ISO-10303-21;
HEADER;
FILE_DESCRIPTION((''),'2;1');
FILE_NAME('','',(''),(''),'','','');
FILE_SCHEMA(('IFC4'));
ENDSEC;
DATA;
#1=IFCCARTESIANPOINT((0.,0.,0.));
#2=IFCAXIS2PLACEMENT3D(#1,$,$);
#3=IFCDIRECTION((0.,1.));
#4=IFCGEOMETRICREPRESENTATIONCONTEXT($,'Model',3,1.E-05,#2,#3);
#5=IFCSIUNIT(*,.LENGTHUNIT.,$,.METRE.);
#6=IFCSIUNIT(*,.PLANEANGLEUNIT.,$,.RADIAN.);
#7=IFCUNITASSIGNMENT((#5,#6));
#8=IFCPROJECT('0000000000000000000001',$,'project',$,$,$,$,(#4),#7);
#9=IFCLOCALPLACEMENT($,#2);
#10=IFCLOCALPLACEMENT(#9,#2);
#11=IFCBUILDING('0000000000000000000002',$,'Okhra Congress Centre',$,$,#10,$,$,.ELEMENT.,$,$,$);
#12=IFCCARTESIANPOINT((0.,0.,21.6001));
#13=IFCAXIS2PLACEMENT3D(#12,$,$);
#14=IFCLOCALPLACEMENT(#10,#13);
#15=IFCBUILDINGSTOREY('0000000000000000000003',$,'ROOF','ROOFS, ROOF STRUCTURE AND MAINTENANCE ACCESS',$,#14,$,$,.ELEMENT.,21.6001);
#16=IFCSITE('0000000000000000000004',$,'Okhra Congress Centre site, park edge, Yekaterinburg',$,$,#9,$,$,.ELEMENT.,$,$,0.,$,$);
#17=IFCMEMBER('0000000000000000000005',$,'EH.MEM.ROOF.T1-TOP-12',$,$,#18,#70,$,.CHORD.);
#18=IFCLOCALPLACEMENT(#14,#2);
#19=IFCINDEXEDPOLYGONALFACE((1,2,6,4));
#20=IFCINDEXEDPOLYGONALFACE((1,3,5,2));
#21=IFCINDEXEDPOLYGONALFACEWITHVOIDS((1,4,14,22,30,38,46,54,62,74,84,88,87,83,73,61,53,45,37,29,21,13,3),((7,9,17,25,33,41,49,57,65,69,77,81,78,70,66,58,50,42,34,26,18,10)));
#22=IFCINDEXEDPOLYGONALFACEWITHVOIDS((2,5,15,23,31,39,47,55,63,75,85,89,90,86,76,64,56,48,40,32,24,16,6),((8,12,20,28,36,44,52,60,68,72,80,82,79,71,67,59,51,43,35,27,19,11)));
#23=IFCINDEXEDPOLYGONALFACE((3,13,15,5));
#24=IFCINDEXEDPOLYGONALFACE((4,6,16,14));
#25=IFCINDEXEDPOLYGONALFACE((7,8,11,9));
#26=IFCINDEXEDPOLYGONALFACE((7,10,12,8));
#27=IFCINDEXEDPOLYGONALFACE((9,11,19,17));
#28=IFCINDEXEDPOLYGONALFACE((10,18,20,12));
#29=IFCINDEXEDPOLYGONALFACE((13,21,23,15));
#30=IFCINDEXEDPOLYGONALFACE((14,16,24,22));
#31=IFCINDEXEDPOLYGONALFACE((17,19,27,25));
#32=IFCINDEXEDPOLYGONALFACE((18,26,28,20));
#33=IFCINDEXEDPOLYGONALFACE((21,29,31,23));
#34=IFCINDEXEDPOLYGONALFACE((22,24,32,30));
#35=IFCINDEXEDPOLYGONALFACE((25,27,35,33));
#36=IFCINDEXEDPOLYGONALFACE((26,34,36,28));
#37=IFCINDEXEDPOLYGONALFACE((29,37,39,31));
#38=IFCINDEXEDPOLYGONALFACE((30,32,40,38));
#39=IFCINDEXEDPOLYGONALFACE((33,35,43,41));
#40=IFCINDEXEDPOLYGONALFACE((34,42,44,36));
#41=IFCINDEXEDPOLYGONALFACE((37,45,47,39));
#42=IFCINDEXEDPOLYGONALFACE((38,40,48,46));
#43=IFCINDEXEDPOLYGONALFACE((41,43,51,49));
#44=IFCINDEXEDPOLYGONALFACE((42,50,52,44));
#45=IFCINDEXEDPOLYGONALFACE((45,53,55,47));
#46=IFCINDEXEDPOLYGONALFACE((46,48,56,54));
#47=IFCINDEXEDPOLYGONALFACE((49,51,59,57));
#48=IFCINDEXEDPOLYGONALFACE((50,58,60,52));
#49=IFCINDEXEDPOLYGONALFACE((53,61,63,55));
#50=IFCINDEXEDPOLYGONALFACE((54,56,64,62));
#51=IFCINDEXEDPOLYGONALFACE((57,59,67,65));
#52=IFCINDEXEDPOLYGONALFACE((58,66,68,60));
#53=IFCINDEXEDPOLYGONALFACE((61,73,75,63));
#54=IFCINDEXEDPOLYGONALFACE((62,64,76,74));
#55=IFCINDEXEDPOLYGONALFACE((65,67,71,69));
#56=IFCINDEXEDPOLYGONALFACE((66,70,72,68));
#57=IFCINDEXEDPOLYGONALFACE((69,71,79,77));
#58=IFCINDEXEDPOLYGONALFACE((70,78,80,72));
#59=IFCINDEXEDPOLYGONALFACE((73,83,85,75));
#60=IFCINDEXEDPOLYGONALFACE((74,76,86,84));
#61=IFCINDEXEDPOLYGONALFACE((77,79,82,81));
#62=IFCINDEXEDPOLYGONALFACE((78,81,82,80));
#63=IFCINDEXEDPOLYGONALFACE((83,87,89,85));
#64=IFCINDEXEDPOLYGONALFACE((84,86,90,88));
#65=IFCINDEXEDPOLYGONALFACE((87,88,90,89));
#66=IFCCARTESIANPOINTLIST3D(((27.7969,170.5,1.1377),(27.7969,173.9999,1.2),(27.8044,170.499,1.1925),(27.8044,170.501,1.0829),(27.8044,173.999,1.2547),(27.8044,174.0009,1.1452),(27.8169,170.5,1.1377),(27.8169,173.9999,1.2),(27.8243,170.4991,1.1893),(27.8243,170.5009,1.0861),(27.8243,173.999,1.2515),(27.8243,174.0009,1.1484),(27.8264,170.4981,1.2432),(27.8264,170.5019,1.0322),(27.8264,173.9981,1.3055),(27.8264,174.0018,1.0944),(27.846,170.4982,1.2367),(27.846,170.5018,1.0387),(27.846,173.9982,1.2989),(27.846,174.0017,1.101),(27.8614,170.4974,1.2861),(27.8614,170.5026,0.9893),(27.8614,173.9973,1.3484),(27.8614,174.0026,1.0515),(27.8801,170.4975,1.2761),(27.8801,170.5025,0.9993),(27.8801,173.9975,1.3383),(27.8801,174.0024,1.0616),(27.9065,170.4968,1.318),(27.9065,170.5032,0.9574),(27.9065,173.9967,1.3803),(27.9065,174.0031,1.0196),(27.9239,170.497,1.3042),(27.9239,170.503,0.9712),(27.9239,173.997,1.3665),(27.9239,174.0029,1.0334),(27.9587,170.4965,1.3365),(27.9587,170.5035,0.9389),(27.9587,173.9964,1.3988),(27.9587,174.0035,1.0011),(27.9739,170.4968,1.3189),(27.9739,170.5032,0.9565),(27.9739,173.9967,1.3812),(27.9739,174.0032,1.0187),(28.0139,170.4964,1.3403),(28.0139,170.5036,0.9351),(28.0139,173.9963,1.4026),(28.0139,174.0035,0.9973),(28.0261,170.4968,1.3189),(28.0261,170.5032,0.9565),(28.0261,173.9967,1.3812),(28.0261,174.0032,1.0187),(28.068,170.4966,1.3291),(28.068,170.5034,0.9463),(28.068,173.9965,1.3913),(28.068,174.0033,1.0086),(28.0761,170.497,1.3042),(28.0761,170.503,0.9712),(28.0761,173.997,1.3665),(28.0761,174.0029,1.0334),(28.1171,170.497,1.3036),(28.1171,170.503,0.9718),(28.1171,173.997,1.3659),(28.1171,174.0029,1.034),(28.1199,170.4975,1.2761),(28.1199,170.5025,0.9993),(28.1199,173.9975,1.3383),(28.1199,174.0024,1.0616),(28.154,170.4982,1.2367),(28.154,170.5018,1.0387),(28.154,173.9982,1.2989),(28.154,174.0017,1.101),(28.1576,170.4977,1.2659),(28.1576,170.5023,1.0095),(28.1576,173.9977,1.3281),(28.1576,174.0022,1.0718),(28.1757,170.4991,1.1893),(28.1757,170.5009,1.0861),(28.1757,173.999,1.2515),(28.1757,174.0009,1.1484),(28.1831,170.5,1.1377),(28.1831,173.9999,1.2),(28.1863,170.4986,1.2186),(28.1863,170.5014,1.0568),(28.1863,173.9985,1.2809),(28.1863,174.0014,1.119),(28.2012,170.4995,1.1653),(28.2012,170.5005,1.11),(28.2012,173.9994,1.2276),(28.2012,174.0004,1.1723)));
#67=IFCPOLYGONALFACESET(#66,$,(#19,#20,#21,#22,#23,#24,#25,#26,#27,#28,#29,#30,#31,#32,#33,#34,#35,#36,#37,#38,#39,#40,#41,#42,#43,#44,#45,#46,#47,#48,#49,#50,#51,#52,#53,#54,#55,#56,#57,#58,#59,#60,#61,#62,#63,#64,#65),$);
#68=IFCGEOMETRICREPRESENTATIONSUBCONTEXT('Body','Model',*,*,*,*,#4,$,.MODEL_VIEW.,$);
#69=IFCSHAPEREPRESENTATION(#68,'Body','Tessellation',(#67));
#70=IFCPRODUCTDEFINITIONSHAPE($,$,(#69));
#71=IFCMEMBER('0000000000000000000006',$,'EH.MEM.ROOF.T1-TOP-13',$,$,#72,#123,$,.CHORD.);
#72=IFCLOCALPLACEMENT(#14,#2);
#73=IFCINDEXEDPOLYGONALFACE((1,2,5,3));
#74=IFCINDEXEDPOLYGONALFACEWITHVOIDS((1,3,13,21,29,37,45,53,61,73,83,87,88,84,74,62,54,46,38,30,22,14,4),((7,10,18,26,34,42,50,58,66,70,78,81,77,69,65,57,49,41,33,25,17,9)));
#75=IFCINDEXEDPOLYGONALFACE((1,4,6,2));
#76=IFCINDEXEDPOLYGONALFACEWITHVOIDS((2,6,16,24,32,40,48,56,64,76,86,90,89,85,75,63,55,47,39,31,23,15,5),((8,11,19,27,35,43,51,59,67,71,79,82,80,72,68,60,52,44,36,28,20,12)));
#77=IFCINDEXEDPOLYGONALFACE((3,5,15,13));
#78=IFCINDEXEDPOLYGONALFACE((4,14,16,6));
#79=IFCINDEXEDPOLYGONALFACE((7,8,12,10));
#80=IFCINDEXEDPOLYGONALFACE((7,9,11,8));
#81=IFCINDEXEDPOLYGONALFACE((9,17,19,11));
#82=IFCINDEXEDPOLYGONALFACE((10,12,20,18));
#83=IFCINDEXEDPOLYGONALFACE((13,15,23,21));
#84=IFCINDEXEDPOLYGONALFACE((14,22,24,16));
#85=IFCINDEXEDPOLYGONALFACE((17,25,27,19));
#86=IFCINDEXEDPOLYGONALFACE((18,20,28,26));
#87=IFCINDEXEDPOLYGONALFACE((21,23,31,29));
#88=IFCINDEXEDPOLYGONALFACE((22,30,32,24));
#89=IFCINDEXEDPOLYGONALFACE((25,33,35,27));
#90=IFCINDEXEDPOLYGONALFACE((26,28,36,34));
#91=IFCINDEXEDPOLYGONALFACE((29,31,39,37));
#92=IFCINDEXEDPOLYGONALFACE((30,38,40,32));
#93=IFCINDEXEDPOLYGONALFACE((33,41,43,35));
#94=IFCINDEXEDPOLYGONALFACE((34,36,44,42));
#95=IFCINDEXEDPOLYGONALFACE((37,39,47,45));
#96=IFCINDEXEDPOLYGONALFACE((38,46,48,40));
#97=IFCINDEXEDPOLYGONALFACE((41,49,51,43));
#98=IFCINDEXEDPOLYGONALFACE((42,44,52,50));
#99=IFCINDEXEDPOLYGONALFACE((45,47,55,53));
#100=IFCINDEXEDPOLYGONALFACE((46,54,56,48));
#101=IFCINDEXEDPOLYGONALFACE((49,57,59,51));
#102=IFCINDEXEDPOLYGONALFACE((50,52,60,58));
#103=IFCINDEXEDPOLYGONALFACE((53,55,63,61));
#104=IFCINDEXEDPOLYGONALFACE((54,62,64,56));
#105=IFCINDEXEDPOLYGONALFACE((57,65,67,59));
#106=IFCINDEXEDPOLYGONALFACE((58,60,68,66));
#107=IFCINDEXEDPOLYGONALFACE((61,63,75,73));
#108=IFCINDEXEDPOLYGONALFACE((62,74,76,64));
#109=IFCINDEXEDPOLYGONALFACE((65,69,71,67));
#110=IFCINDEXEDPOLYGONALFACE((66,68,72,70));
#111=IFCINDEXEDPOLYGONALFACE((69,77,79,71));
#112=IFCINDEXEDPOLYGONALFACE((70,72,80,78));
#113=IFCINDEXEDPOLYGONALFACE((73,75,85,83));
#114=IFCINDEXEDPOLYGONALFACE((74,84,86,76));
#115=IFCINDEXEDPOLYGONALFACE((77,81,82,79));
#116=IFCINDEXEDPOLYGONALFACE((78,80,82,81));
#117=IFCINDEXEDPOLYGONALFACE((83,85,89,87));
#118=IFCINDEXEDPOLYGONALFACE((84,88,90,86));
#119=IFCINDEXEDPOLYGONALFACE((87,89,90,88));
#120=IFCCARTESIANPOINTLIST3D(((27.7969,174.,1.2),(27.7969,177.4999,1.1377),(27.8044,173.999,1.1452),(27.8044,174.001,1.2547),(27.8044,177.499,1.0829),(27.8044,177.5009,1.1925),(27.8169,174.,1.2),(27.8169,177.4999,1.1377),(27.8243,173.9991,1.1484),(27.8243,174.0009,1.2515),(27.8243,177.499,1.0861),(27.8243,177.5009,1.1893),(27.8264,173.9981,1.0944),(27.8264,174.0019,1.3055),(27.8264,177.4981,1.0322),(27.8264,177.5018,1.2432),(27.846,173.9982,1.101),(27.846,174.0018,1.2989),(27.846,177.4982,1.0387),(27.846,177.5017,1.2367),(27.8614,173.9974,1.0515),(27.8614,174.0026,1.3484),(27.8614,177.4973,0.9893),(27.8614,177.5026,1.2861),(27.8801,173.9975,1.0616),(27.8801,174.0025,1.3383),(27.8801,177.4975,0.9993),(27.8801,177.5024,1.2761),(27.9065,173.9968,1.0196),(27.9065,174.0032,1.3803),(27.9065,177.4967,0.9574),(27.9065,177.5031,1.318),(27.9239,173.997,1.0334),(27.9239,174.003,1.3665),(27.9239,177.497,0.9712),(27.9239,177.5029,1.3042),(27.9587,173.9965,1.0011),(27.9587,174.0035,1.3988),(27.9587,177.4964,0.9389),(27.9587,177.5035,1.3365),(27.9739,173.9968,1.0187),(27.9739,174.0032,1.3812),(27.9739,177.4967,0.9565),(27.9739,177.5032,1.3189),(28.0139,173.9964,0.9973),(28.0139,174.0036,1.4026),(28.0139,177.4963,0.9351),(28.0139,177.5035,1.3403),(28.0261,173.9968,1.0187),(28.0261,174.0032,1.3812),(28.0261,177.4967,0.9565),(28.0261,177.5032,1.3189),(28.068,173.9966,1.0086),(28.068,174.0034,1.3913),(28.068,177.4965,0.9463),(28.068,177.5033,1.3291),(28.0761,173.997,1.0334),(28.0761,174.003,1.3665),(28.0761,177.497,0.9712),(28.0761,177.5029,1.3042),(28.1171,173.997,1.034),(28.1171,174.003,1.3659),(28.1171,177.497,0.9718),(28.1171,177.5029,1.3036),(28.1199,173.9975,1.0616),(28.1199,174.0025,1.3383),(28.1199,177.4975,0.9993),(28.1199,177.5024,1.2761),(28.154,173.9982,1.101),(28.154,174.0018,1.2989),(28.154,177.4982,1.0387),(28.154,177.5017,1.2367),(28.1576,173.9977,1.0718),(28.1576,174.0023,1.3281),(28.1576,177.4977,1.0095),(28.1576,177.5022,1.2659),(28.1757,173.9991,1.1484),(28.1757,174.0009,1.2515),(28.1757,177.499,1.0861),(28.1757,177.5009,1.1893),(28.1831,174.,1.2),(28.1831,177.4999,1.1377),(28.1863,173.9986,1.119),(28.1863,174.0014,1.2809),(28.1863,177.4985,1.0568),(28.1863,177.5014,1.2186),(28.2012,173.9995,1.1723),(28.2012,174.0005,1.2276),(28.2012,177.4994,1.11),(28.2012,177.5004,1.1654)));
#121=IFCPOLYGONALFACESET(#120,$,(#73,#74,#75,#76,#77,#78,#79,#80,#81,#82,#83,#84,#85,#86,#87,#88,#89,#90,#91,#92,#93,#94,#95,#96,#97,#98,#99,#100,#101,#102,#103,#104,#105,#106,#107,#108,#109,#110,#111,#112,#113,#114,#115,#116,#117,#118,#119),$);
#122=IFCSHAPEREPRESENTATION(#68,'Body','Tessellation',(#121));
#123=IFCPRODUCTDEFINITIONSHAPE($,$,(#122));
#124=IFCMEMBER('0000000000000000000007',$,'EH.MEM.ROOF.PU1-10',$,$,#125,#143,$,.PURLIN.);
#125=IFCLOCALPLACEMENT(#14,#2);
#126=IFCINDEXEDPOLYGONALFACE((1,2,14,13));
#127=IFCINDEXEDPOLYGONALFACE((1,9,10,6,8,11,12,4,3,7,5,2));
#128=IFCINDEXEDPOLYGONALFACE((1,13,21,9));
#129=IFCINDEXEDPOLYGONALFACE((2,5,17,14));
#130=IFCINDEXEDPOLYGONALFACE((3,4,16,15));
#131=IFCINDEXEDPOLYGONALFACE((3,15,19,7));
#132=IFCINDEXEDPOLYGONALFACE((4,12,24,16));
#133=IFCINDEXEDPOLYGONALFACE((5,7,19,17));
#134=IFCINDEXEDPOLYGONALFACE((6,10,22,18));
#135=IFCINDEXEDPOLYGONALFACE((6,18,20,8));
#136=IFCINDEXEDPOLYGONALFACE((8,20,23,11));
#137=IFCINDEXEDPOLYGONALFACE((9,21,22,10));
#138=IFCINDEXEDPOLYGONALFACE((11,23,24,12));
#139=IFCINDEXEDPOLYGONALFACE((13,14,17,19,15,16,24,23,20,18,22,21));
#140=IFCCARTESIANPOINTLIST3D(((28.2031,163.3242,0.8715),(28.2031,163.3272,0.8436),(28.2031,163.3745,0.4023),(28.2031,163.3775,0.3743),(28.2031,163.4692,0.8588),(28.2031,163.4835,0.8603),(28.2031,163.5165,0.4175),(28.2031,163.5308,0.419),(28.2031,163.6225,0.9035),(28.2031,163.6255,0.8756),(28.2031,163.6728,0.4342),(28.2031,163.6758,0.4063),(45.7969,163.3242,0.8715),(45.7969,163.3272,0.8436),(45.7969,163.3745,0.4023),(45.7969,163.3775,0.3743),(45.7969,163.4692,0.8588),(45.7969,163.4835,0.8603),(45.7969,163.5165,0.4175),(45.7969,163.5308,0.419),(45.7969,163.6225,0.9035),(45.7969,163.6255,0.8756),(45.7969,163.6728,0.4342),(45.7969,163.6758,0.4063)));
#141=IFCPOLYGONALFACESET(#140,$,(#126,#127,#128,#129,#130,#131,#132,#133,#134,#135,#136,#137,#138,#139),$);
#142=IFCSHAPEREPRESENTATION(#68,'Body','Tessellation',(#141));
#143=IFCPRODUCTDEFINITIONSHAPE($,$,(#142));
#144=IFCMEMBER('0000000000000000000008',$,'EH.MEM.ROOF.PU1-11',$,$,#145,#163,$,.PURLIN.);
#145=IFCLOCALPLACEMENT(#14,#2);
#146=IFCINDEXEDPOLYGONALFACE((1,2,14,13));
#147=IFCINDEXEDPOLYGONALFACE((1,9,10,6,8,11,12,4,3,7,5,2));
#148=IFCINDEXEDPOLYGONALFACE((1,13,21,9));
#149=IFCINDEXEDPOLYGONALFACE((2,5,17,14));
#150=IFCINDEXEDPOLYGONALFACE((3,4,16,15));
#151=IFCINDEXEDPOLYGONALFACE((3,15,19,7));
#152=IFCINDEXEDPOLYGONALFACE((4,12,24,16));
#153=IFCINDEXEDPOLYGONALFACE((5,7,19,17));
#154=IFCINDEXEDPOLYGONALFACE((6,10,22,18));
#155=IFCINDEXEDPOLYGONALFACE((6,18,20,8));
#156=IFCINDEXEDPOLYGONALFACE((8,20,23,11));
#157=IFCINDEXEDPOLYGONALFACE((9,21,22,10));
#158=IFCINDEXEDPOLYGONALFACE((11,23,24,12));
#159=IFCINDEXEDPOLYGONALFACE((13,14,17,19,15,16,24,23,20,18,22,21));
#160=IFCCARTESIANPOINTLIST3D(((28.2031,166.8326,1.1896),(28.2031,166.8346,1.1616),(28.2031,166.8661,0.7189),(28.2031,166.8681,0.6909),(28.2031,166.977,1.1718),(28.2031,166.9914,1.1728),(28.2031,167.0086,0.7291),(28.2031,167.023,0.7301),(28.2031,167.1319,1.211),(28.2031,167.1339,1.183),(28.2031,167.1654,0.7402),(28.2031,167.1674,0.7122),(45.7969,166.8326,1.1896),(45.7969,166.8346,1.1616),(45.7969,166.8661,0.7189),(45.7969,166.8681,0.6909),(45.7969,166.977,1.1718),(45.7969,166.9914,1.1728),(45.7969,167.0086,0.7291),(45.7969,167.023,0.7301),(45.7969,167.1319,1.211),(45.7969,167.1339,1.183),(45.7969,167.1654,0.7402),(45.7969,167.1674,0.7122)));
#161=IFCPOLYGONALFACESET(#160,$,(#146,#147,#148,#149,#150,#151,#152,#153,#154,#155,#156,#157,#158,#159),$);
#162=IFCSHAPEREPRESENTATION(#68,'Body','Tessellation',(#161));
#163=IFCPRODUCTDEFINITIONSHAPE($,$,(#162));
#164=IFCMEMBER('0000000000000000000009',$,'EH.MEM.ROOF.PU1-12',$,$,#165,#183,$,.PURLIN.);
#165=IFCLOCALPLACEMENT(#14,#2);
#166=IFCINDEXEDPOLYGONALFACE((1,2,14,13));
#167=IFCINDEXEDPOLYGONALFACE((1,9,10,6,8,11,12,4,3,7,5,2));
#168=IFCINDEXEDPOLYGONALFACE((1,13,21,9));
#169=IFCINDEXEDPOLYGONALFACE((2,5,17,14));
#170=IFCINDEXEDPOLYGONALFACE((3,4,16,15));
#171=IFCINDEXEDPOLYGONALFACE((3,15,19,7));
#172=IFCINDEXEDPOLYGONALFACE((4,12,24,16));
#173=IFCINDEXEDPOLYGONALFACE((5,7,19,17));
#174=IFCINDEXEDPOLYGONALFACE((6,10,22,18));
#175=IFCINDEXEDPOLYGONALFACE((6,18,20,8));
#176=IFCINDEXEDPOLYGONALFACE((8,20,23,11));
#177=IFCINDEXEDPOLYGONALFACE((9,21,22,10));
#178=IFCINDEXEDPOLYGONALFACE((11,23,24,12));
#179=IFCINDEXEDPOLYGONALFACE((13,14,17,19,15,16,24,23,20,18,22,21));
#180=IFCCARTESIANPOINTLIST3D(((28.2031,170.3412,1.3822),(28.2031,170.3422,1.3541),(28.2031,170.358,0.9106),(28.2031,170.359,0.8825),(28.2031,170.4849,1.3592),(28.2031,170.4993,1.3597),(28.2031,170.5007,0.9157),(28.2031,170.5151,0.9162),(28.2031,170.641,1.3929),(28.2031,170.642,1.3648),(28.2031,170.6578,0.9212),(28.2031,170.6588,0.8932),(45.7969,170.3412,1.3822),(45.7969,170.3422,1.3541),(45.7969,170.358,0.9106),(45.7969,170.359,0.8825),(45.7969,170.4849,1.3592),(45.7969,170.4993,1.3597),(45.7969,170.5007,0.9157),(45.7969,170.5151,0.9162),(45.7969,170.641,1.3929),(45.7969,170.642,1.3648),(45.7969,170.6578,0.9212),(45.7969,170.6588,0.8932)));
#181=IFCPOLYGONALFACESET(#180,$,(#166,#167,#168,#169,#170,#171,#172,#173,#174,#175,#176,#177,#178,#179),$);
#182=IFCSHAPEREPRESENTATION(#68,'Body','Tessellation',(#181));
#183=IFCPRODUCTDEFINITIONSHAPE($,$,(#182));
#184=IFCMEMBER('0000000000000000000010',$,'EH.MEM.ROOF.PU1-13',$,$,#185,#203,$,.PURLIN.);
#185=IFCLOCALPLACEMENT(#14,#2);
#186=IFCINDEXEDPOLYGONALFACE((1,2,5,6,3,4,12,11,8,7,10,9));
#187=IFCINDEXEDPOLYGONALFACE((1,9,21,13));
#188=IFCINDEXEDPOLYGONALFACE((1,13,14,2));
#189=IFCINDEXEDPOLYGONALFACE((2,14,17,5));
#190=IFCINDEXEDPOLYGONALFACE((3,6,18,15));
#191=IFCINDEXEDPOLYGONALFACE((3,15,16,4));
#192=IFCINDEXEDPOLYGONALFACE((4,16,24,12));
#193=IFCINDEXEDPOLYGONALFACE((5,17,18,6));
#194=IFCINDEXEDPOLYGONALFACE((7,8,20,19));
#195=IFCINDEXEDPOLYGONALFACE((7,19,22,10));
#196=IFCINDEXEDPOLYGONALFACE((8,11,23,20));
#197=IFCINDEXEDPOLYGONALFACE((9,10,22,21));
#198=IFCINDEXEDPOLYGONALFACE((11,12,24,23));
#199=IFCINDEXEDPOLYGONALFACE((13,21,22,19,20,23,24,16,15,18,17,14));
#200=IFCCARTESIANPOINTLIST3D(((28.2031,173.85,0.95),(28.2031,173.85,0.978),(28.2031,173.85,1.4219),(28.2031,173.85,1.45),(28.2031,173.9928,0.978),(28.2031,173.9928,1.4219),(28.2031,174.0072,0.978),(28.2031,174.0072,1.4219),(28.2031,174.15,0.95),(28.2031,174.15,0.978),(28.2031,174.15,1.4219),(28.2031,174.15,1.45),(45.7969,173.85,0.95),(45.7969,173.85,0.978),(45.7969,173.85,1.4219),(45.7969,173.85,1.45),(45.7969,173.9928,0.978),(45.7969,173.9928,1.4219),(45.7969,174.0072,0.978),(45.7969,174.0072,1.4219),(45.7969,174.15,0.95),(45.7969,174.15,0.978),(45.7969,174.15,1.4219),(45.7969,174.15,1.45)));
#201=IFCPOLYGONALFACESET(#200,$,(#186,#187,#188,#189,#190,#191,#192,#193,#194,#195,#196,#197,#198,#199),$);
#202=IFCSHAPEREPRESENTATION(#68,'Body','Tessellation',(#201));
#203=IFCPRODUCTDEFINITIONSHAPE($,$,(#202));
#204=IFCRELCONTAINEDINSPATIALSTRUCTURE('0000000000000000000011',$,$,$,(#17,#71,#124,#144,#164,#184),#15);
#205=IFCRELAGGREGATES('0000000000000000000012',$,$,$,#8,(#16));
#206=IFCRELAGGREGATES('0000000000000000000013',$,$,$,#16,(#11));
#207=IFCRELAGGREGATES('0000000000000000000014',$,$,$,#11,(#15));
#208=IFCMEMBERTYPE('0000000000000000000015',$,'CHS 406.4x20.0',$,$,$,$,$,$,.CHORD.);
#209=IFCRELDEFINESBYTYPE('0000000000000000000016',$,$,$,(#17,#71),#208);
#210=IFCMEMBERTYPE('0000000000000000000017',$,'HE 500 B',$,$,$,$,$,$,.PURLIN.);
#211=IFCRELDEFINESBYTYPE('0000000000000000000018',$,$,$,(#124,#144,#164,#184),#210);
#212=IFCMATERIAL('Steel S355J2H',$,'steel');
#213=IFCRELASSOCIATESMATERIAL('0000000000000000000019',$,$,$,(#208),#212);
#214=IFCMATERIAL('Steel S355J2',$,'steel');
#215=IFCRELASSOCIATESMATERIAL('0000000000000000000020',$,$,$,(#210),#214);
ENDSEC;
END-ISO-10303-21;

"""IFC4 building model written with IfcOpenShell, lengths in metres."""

from ifc_helpers import new_model, si_unit, direction, frame, origin, origin_2d, place, context, subcontext, project, spatial, hollow_circle, i_section, extrude, material, material_profile, profile_set, type_object, element, save


model = new_model("IFC4")

# Units and contexts
model_context = context("Model", 3, precision=1e-05, world=origin(), true_north=direction((0.0, 1.0)))
body_context = subcontext(model_context, "Body", "Model", "MODEL_VIEW")
ifc_project = project(units=[si_unit("LENGTHUNIT", "METRE"), si_unit("PLANEANGLEUNIT", "RADIAN")], contexts=[model_context])

# Site, building, storey
site_placement = place(None, origin())
site = spatial("IfcSite", under=ifc_project, at=site_placement, Name="Okhra Congress Centre site, park edge, Yekaterinburg", CompositionType="ELEMENT", RefElevation=0.0)
building_placement = place(site_placement, origin())
building = spatial("IfcBuilding", under=site, at=building_placement, Name="Okhra Congress Centre", CompositionType="ELEMENT")
storey_placement = place(building_placement, frame((0.0, 0.0, 21.6001)))
storey = spatial("IfcBuildingStorey", under=building, at=storey_placement, Name="ROOF", Description="ROOFS, ROOF STRUCTURE AND MAINTENANCE ACCESS", CompositionType="ELEMENT", Elevation=21.6001)

# Members
ifc_material_1 = material(Name="Steel S355J2H", Category="steel")
ifc_material_profile_1 = material_profile(ifc_material_1, hollow_circle(Radius=0.2031, WallThickness=0.02, at=origin_2d()), Name="CHS 406.4x20.0")
ifc_profile_set_1 = profile_set([ifc_material_profile_1], Name="Steel S355J2H")
member_type_1 = type_object("IfcMemberType", Name="CHS 406.4x20.0", PredefinedType="CHORD", material=ifc_profile_set_1)
for number, where, z_axis, x_axis, name in (
    (1, (28.0, 170.5, 1.1377), (0.0, 0.999842, 0.017785), (-1.0, 0.0, 0.0), "EH.MEM.ROOF.T1-TOP-12"),
    (2, (28.0, 174.0, 1.2), (0.0, 0.999842, -0.017785), (-1.0, 0.0, 0.0), "EH.MEM.ROOF.T1-TOP-13"),
):
    element("IfcMember", number, at=place(storey_placement, frame(where, z_axis=z_axis, x_axis=x_axis)), inside=storey, type_object=member_type_1, Name=name, PredefinedType="CHORD", context=body_context, shape_type="SweptSolid", body=[
        extrude(hollow_circle(Radius=0.2031, WallThickness=0.02, at=origin_2d()), origin(), (0.0, 0.0, 1.0), 3.5005),
    ])
ifc_material_2 = material(Name="Steel S355J2", Category="steel")
ifc_material_profile_2 = material_profile(ifc_material_2, i_section(OverallWidth=0.3, OverallDepth=0.5, WebThickness=0.0144, FlangeThickness=0.0281, at=origin_2d()), Name="HE 500 B")
ifc_profile_set_2 = profile_set([ifc_material_profile_2], Name="Steel S355J2")
member_type_2 = type_object("IfcMemberType", Name="HE 500 B", PredefinedType="PURLIN", material=ifc_profile_set_2)
for number, where, z_axis, x_axis, name in (
    (3, (28.2031, 163.5, 0.6389), (1.0, 0.0, 0.0), (0.0, 0.994302, 0.106601), "EH.MEM.ROOF.PU1-10"),
    (4, (28.2031, 167.0, 0.9509), (1.0, 0.0, 0.0), (0.0, 0.997472, 0.071067), "EH.MEM.ROOF.PU1-11"),
    (5, (28.2031, 170.5, 1.1377), (1.0, 0.0, 0.0), (0.0, 0.999368, 0.035533), "EH.MEM.ROOF.PU1-12"),
    (6, (28.2031, 174.0, 1.2), (1.0, 0.0, 0.0), (0.0, 1.0, 0.0), "EH.MEM.ROOF.PU1-13"),
):
    element("IfcMember", number, at=place(storey_placement, frame(where, z_axis=z_axis, x_axis=x_axis)), inside=storey, type_object=member_type_2, Name=name, PredefinedType="PURLIN", context=body_context, shape_type="SweptSolid", body=[
        extrude(i_section(OverallWidth=0.3, OverallDepth=0.5, WebThickness=0.0144, FlangeThickness=0.0281, at=origin_2d()), origin(), (0.0, 0.0, 1.0), 17.5938),
    ])

save(model, "model.ifc")
